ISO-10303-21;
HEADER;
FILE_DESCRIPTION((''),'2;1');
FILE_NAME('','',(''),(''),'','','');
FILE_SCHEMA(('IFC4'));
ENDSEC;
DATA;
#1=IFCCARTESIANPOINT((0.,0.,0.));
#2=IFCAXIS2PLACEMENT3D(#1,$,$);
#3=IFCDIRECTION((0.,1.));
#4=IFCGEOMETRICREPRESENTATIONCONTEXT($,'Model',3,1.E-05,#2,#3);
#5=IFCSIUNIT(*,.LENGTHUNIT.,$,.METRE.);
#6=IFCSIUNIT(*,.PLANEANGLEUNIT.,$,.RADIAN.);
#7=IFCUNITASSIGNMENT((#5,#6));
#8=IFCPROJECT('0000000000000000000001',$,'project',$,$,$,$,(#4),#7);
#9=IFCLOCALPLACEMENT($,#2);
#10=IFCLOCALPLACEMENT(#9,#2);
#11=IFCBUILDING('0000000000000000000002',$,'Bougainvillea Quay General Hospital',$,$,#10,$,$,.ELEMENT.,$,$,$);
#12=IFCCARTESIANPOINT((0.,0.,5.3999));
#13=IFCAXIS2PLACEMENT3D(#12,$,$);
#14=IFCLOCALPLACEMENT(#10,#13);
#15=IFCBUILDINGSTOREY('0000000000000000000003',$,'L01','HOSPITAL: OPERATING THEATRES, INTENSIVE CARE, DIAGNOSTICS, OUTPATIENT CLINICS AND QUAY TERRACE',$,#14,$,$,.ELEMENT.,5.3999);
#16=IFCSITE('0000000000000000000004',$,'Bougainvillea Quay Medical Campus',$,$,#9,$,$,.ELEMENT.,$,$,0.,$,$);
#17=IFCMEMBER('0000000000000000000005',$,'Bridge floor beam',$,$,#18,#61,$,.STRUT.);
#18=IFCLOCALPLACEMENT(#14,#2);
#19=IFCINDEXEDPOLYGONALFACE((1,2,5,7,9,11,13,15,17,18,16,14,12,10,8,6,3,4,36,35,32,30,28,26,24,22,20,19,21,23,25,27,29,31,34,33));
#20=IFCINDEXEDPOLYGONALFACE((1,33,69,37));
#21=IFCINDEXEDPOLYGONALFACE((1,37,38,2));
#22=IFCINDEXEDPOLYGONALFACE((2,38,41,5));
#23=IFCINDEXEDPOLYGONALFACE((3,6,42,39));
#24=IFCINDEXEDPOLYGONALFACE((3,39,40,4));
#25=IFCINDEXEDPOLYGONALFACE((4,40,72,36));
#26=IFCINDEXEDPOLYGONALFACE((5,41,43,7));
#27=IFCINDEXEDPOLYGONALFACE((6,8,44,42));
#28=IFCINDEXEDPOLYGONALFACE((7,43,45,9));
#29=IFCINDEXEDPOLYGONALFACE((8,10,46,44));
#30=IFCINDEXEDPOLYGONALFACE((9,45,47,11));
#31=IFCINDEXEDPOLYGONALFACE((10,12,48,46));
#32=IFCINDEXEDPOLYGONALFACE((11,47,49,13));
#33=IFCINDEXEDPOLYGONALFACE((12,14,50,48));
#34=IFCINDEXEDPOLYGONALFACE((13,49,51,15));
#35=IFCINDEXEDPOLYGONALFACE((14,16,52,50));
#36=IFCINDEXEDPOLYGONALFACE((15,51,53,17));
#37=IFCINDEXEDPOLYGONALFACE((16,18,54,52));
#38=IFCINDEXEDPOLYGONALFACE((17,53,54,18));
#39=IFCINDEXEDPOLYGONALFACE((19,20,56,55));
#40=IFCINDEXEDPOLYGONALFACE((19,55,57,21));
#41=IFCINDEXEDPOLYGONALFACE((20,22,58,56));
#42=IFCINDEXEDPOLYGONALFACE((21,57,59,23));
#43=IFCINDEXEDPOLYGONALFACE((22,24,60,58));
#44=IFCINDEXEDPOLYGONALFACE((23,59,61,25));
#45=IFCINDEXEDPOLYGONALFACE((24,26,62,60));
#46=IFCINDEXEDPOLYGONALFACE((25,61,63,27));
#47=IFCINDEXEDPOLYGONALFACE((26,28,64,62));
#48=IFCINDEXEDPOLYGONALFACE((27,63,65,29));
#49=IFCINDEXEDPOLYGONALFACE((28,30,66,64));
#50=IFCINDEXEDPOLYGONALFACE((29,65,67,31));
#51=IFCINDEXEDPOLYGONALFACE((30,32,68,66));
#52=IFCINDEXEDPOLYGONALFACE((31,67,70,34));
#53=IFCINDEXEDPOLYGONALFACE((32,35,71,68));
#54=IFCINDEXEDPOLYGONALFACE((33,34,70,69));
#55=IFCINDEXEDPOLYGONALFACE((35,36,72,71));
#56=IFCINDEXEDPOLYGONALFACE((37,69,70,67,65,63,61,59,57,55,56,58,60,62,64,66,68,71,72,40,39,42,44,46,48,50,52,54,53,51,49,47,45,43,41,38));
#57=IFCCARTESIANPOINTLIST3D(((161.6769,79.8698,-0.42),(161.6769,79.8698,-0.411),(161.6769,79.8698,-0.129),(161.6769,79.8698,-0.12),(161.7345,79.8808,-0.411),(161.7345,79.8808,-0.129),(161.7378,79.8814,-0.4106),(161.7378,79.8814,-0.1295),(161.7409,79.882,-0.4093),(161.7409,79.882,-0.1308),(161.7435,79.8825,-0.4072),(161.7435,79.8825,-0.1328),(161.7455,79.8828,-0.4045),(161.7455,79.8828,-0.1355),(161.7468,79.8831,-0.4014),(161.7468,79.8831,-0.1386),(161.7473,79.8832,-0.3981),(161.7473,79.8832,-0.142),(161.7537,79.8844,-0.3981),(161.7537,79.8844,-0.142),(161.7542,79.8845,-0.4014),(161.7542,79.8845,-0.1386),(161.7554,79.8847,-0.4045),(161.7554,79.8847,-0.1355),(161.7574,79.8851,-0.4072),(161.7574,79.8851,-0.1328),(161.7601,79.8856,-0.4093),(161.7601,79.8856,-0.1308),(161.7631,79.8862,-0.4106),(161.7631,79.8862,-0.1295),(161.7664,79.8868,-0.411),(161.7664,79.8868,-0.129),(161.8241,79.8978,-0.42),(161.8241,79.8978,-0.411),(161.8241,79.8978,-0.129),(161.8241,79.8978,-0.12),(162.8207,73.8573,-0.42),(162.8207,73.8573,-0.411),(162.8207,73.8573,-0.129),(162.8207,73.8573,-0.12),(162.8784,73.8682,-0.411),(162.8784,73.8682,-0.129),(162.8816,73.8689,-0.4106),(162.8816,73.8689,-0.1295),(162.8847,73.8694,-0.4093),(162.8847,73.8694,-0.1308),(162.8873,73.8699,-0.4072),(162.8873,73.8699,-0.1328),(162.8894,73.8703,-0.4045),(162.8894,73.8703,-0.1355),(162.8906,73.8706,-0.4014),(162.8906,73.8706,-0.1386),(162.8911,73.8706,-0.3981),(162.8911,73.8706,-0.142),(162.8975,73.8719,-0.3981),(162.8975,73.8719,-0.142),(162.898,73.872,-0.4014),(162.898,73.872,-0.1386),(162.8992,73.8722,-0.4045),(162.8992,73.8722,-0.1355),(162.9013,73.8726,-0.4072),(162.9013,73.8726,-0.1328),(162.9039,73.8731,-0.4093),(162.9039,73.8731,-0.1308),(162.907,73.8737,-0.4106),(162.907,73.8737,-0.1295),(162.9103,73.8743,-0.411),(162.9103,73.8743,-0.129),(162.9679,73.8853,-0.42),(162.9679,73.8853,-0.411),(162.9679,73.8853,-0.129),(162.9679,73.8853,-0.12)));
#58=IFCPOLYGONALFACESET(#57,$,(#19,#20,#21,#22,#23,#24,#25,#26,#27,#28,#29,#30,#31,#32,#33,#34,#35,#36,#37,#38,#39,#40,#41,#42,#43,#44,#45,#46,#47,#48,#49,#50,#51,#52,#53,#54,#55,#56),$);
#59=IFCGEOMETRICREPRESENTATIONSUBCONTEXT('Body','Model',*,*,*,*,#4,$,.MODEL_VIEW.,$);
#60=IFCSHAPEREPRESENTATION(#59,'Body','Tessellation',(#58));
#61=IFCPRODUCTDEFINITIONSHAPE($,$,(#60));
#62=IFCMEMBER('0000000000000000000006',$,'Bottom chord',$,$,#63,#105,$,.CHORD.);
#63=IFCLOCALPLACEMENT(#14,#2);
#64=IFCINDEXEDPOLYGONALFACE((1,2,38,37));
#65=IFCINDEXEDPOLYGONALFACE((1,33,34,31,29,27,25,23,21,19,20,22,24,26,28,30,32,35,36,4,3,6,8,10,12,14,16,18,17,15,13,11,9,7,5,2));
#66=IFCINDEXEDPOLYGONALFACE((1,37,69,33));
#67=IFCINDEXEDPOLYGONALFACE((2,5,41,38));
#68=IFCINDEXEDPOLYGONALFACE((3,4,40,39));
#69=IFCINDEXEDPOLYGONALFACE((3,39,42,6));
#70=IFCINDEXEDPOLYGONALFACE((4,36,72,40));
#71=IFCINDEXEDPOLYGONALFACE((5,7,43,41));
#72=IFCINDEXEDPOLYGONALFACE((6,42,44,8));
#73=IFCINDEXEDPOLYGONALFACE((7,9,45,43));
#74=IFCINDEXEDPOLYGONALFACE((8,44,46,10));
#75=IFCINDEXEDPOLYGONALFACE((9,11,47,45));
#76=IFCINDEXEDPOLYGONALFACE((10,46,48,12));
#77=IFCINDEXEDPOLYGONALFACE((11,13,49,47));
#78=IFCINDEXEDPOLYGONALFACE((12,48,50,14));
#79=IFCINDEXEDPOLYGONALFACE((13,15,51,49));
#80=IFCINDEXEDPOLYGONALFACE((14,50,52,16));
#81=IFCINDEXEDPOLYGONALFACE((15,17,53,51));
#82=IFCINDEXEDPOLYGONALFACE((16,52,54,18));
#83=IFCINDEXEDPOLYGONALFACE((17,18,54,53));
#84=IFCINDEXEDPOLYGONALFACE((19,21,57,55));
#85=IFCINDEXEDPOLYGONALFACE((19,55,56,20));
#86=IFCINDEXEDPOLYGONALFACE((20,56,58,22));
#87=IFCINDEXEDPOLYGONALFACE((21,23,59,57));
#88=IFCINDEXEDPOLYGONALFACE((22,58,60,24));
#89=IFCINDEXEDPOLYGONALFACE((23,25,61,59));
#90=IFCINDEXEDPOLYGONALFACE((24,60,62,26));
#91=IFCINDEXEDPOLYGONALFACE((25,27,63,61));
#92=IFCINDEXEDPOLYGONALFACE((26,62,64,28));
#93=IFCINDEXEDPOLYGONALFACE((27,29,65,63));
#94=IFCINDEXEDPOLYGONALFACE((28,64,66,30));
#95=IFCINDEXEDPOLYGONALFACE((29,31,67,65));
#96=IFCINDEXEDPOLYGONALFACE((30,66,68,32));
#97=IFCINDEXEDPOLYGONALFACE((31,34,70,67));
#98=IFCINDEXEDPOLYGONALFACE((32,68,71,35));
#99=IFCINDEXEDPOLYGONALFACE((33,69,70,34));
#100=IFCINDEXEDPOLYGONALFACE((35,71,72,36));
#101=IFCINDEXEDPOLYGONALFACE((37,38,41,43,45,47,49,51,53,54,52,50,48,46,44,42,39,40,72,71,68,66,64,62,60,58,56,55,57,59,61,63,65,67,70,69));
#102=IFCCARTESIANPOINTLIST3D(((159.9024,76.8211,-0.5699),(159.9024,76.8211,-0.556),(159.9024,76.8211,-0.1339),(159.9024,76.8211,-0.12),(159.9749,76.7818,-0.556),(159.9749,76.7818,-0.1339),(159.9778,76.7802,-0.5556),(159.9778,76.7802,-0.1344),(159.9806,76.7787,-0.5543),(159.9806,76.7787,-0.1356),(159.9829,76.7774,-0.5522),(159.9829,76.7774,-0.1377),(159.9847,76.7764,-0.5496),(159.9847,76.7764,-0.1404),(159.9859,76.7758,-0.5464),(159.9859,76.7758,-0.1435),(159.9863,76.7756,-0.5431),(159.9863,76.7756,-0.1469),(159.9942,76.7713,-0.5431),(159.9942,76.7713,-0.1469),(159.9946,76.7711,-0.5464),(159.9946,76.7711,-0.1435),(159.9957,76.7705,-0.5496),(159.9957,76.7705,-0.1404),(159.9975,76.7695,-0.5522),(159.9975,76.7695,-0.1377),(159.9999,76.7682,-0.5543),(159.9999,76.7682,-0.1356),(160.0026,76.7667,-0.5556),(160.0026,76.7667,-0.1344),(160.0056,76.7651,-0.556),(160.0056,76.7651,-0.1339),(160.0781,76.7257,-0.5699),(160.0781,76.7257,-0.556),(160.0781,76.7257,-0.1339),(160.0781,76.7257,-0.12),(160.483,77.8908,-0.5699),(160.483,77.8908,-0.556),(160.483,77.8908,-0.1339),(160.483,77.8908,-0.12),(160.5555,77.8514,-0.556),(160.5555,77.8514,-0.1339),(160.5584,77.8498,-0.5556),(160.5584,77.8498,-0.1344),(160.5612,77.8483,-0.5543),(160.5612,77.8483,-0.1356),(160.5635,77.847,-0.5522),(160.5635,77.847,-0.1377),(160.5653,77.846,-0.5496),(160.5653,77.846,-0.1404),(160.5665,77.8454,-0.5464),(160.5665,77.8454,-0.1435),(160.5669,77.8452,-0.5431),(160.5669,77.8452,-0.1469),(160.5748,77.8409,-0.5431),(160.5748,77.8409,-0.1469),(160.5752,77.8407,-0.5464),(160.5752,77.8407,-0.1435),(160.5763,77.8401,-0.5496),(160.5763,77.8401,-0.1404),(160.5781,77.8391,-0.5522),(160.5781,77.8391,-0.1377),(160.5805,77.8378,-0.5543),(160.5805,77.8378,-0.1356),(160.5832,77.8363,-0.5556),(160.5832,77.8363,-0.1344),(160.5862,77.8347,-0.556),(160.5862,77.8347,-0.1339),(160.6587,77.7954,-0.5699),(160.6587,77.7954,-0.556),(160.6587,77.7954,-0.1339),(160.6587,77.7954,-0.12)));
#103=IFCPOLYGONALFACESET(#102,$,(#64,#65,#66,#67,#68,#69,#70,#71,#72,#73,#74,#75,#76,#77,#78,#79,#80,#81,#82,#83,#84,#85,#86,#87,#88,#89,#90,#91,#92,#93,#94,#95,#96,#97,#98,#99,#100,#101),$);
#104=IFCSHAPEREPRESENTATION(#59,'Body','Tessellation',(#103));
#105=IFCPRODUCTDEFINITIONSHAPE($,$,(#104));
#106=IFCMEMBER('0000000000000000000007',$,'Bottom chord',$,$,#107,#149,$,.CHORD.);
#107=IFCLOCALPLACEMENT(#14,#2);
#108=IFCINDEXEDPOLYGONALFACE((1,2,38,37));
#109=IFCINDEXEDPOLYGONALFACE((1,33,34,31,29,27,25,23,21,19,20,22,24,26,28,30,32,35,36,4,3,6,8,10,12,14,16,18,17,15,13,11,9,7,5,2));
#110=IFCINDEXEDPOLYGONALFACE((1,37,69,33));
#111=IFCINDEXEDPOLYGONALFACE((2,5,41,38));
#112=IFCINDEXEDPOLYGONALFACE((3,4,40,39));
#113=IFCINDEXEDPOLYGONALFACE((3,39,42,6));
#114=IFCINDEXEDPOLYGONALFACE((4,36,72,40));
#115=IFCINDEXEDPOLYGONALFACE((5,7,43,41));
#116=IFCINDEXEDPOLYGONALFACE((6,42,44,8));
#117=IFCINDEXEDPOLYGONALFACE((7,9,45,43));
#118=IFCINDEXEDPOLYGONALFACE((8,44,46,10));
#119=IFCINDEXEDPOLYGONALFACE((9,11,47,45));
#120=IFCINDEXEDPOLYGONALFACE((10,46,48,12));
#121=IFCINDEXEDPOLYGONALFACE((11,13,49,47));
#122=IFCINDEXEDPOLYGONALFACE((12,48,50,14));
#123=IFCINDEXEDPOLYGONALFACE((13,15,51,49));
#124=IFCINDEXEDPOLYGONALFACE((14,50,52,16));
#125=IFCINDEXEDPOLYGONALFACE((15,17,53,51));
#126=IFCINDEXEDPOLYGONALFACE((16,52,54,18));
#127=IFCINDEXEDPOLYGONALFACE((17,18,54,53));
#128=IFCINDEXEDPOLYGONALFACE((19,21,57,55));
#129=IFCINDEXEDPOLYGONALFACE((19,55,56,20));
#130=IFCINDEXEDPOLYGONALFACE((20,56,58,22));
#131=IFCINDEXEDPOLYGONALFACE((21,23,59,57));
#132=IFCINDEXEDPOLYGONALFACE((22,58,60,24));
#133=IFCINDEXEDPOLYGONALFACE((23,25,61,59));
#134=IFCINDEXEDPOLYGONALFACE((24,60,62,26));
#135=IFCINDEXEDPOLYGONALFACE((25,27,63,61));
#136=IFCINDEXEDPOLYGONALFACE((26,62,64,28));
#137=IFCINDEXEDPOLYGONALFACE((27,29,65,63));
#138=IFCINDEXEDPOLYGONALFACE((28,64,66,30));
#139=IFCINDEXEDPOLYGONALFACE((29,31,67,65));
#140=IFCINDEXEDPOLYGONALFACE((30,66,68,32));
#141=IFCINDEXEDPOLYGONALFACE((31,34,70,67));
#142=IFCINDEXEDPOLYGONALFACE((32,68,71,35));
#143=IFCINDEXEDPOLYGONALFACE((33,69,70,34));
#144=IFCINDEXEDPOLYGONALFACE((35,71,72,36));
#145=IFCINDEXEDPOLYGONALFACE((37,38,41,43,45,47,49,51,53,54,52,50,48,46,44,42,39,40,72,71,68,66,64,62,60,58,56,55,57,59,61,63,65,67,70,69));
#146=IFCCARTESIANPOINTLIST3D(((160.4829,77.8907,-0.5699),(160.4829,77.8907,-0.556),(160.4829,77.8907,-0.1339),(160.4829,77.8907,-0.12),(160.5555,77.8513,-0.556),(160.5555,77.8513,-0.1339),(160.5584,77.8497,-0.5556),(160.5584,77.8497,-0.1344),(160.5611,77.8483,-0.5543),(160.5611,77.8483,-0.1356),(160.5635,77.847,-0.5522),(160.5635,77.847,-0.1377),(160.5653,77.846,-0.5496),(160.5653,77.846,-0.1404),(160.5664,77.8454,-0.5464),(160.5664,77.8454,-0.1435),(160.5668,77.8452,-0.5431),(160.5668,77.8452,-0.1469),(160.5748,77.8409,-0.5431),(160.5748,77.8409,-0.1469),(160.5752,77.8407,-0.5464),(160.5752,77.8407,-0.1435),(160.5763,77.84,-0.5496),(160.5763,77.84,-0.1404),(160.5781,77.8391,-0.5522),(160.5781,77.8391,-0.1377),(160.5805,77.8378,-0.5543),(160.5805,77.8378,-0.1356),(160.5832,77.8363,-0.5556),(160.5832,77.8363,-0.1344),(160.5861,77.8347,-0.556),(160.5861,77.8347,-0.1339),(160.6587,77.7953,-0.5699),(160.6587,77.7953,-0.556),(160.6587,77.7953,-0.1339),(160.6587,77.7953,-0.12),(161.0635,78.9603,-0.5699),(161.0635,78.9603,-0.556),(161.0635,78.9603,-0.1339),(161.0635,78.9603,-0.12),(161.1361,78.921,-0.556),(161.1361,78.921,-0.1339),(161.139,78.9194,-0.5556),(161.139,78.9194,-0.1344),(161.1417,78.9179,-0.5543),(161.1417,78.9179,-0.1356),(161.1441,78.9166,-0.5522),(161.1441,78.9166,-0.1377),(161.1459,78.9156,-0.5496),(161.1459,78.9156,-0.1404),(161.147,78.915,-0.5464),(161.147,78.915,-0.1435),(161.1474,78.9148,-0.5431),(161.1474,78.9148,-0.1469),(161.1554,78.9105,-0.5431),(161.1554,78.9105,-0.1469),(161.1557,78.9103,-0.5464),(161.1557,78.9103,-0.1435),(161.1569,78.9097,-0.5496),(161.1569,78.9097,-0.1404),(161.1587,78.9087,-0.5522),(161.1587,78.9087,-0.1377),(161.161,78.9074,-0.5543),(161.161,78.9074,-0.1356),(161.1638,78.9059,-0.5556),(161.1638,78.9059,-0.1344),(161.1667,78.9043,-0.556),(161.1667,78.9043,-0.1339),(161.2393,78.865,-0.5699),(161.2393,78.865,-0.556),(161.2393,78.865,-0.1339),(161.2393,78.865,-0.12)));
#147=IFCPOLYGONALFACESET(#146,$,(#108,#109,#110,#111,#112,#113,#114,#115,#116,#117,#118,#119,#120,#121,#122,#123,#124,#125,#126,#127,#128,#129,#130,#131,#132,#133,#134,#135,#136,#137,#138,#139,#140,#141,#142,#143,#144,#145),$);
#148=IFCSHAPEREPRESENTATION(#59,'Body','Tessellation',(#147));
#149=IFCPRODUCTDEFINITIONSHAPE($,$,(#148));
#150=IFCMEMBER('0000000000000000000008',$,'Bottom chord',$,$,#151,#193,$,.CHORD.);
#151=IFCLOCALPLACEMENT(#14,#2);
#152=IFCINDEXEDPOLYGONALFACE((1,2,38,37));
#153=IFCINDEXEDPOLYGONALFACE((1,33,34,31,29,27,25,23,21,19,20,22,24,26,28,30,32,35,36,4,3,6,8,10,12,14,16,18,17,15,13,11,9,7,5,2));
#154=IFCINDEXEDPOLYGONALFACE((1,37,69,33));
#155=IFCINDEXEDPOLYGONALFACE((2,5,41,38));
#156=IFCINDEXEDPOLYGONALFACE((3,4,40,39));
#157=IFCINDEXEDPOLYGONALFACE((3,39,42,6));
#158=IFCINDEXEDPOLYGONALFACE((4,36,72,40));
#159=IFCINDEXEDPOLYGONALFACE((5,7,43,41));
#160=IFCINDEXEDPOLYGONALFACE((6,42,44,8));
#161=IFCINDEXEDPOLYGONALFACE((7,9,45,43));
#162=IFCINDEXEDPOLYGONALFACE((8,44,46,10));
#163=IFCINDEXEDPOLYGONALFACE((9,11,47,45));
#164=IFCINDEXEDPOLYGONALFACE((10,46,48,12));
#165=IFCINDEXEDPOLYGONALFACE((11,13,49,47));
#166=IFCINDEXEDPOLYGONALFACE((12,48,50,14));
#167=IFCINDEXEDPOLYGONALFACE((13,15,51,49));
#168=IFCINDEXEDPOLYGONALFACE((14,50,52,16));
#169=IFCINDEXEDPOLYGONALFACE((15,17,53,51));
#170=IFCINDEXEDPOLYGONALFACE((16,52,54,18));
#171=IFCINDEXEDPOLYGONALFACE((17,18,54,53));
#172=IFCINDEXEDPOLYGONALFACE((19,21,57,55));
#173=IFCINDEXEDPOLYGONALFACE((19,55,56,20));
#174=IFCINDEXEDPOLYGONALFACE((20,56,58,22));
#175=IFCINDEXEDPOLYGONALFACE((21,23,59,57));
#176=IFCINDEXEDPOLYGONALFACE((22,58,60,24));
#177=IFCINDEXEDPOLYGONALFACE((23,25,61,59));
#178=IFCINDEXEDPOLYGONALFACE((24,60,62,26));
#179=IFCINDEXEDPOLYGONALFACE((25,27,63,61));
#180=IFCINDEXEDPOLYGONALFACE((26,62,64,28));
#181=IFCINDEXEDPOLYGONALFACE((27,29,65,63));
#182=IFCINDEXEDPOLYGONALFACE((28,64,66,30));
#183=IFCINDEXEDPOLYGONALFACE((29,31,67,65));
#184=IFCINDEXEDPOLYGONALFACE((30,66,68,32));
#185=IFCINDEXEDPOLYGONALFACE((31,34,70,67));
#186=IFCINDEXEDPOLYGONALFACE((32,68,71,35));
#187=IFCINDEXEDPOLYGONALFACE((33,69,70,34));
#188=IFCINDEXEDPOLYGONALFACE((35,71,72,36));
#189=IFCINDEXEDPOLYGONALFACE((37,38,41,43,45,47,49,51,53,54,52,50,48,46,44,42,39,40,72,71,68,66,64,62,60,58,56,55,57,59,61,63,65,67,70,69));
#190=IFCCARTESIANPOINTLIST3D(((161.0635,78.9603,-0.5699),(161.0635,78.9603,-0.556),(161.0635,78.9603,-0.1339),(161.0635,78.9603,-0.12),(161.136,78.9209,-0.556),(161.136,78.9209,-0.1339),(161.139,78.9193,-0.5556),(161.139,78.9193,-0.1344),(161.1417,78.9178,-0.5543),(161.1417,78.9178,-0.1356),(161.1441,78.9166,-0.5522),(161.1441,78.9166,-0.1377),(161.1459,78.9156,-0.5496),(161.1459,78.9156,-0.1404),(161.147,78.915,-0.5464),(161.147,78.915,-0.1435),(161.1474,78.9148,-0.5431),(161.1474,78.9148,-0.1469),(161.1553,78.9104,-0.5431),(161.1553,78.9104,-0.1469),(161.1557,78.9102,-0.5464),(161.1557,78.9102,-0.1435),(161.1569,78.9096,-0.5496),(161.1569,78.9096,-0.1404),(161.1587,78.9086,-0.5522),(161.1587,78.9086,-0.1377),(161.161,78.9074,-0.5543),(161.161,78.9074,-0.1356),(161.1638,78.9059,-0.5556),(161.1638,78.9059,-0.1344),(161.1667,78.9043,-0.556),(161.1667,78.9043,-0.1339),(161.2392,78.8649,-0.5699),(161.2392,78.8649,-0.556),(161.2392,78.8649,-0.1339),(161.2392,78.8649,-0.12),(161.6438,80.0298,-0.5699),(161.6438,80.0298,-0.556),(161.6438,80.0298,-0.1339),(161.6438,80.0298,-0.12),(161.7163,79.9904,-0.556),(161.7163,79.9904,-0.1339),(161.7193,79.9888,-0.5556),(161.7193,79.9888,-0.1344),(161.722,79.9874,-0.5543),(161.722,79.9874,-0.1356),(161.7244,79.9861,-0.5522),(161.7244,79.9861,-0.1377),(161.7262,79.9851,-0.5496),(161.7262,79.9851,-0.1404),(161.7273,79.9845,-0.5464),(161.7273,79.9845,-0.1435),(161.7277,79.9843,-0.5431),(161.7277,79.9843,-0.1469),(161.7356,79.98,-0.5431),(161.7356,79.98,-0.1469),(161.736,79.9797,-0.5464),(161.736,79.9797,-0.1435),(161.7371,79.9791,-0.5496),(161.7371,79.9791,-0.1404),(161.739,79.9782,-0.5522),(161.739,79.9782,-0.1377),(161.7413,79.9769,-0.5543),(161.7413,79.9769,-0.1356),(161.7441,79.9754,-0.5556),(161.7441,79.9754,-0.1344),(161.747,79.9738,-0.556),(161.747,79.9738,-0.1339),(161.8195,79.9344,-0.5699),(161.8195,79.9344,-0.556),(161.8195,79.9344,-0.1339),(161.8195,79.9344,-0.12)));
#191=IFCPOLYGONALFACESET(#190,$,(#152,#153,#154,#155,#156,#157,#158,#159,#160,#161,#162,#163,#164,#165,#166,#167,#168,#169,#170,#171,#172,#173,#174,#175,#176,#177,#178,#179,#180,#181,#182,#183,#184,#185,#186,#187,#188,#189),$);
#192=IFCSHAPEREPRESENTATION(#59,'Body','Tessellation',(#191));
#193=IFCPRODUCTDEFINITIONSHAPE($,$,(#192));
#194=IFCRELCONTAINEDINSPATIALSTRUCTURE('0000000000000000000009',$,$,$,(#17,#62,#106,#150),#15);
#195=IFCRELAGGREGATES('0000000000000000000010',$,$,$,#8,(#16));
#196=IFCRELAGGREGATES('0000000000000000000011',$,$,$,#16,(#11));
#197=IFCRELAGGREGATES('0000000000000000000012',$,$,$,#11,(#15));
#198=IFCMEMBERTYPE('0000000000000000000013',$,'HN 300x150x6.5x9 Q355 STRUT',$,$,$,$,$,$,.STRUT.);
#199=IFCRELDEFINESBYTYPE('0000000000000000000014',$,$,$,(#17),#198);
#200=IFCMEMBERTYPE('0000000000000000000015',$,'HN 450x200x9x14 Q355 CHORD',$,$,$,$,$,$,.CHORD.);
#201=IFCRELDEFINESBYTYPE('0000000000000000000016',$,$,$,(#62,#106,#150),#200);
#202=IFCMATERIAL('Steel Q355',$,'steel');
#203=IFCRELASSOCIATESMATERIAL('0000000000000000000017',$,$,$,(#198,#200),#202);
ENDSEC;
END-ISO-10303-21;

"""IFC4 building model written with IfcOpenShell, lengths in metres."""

from ifc_helpers import new_model, si_unit, direction, frame, origin, origin_2d, place, context, subcontext, project, spatial, i_section, extrude, material, material_profile, profile_set, type_object, element, save


model = new_model("IFC4")

# Units and contexts
model_context = context("Model", 3, precision=1e-05, world=origin(), true_north=direction((0.0, 1.0)))
body_context = subcontext(model_context, "Body", "Model", "MODEL_VIEW")
ifc_project = project(units=[si_unit("LENGTHUNIT", "METRE"), si_unit("PLANEANGLEUNIT", "RADIAN")], contexts=[model_context])

# Site, building, storey
site_placement = place(None, origin())
site = spatial("IfcSite", under=ifc_project, at=site_placement, Name="Bougainvillea Quay Medical Campus", CompositionType="ELEMENT", RefElevation=0.0)
building_placement = place(site_placement, origin())
building = spatial("IfcBuilding", under=site, at=building_placement, Name="Bougainvillea Quay General Hospital", CompositionType="ELEMENT")
storey_placement = place(building_placement, frame((0.0, 0.0, 5.3999)))
storey = spatial("IfcBuildingStorey", under=building, at=storey_placement, Name="L01", Description="HOSPITAL: OPERATING THEATRES, INTENSIVE CARE, DIAGNOSTICS, OUTPATIENT CLINICS AND QUAY TERRACE", CompositionType="ELEMENT", Elevation=5.3999)

# Members
ifc_material_1 = material(Name="Steel Q355", Category="steel")
ifc_material_profile_1 = material_profile(ifc_material_1, i_section(OverallWidth=0.1499, OverallDepth=0.3, WebThickness=0.0066, FlangeThickness=0.009, FilletRadius=0.0129, at=origin_2d()))
ifc_profile_set_1 = profile_set([ifc_material_profile_1], Name="Steel Q355")
member_type_1 = type_object("IfcMemberType", Name="HN 300x150x6.5x9 Q355 STRUT", PredefinedType="STRUT", material=ifc_profile_set_1)
member_1_placement = place(storey_placement, frame((161.7505, 79.8838, -0.27), z_axis=(0.186887, -0.982381, 0.0), x_axis=(0.982381, 0.186887, 0.0)))
element("IfcMember", 1, at=member_1_placement, inside=storey, type_object=member_type_1, Name="Bridge floor beam", PredefinedType="STRUT", context=body_context, shape_type="SweptSolid", body=[
    extrude(i_section(OverallWidth=0.1499, OverallDepth=0.3, WebThickness=0.0066, FlangeThickness=0.009, FilletRadius=0.0129, at=origin_2d()), origin(), (0.0, 0.0, 1.0), 6.1204),
])
ifc_material_profile_2 = material_profile(ifc_material_1, i_section(OverallWidth=0.2, OverallDepth=0.45, WebThickness=0.009, FlangeThickness=0.0139, FilletRadius=0.0129, at=origin_2d()))
ifc_profile_set_2 = profile_set([ifc_material_profile_2], Name="Steel Q355")
member_type_2 = type_object("IfcMemberType", Name="HN 450x200x9x14 Q355 CHORD", PredefinedType="CHORD", material=ifc_profile_set_2)
for number, where, z_axis, x_axis, name in (
    (2, (159.9902, 76.7734, -0.345), (0.477052, 0.878875, 0.0), (-0.878875, 0.477052, 0.0), "Bottom chord"),
    (3, (160.5708, 77.843, -0.345), (0.477052, 0.878875, 0.0), (-0.878875, 0.477052, 0.0), "Bottom chord"),
):
    element("IfcMember", number, at=place(storey_placement, frame(where, z_axis=z_axis, x_axis=x_axis)), inside=storey, type_object=member_type_2, Name=name, PredefinedType="CHORD", context=body_context, shape_type="SweptSolid", body=[
        extrude(i_section(OverallWidth=0.2, OverallDepth=0.45, WebThickness=0.009, FlangeThickness=0.0139, FilletRadius=0.0129, at=origin_2d()), origin(), (0.0, 0.0, 1.0), 1.217),
    ])
for number, where, z_axis, x_axis, name in (
    (4, (161.1514, 78.9126, -0.345), (0.476897, 0.878959, 0.0), (-0.878959, 0.476897, 0.0), "Bottom chord"),
):
    element("IfcMember", number, at=place(storey_placement, frame(where, z_axis=z_axis, x_axis=x_axis)), inside=storey, type_object=member_type_2, Name=name, PredefinedType="CHORD", context=body_context, shape_type="SweptSolid", body=[
        extrude(i_section(OverallWidth=0.2, OverallDepth=0.45, WebThickness=0.009, FlangeThickness=0.0139, FilletRadius=0.0129, at=origin_2d()), origin(), (0.0, 0.0, 1.0), 1.2168),
    ])

save(model, "model.ifc")
